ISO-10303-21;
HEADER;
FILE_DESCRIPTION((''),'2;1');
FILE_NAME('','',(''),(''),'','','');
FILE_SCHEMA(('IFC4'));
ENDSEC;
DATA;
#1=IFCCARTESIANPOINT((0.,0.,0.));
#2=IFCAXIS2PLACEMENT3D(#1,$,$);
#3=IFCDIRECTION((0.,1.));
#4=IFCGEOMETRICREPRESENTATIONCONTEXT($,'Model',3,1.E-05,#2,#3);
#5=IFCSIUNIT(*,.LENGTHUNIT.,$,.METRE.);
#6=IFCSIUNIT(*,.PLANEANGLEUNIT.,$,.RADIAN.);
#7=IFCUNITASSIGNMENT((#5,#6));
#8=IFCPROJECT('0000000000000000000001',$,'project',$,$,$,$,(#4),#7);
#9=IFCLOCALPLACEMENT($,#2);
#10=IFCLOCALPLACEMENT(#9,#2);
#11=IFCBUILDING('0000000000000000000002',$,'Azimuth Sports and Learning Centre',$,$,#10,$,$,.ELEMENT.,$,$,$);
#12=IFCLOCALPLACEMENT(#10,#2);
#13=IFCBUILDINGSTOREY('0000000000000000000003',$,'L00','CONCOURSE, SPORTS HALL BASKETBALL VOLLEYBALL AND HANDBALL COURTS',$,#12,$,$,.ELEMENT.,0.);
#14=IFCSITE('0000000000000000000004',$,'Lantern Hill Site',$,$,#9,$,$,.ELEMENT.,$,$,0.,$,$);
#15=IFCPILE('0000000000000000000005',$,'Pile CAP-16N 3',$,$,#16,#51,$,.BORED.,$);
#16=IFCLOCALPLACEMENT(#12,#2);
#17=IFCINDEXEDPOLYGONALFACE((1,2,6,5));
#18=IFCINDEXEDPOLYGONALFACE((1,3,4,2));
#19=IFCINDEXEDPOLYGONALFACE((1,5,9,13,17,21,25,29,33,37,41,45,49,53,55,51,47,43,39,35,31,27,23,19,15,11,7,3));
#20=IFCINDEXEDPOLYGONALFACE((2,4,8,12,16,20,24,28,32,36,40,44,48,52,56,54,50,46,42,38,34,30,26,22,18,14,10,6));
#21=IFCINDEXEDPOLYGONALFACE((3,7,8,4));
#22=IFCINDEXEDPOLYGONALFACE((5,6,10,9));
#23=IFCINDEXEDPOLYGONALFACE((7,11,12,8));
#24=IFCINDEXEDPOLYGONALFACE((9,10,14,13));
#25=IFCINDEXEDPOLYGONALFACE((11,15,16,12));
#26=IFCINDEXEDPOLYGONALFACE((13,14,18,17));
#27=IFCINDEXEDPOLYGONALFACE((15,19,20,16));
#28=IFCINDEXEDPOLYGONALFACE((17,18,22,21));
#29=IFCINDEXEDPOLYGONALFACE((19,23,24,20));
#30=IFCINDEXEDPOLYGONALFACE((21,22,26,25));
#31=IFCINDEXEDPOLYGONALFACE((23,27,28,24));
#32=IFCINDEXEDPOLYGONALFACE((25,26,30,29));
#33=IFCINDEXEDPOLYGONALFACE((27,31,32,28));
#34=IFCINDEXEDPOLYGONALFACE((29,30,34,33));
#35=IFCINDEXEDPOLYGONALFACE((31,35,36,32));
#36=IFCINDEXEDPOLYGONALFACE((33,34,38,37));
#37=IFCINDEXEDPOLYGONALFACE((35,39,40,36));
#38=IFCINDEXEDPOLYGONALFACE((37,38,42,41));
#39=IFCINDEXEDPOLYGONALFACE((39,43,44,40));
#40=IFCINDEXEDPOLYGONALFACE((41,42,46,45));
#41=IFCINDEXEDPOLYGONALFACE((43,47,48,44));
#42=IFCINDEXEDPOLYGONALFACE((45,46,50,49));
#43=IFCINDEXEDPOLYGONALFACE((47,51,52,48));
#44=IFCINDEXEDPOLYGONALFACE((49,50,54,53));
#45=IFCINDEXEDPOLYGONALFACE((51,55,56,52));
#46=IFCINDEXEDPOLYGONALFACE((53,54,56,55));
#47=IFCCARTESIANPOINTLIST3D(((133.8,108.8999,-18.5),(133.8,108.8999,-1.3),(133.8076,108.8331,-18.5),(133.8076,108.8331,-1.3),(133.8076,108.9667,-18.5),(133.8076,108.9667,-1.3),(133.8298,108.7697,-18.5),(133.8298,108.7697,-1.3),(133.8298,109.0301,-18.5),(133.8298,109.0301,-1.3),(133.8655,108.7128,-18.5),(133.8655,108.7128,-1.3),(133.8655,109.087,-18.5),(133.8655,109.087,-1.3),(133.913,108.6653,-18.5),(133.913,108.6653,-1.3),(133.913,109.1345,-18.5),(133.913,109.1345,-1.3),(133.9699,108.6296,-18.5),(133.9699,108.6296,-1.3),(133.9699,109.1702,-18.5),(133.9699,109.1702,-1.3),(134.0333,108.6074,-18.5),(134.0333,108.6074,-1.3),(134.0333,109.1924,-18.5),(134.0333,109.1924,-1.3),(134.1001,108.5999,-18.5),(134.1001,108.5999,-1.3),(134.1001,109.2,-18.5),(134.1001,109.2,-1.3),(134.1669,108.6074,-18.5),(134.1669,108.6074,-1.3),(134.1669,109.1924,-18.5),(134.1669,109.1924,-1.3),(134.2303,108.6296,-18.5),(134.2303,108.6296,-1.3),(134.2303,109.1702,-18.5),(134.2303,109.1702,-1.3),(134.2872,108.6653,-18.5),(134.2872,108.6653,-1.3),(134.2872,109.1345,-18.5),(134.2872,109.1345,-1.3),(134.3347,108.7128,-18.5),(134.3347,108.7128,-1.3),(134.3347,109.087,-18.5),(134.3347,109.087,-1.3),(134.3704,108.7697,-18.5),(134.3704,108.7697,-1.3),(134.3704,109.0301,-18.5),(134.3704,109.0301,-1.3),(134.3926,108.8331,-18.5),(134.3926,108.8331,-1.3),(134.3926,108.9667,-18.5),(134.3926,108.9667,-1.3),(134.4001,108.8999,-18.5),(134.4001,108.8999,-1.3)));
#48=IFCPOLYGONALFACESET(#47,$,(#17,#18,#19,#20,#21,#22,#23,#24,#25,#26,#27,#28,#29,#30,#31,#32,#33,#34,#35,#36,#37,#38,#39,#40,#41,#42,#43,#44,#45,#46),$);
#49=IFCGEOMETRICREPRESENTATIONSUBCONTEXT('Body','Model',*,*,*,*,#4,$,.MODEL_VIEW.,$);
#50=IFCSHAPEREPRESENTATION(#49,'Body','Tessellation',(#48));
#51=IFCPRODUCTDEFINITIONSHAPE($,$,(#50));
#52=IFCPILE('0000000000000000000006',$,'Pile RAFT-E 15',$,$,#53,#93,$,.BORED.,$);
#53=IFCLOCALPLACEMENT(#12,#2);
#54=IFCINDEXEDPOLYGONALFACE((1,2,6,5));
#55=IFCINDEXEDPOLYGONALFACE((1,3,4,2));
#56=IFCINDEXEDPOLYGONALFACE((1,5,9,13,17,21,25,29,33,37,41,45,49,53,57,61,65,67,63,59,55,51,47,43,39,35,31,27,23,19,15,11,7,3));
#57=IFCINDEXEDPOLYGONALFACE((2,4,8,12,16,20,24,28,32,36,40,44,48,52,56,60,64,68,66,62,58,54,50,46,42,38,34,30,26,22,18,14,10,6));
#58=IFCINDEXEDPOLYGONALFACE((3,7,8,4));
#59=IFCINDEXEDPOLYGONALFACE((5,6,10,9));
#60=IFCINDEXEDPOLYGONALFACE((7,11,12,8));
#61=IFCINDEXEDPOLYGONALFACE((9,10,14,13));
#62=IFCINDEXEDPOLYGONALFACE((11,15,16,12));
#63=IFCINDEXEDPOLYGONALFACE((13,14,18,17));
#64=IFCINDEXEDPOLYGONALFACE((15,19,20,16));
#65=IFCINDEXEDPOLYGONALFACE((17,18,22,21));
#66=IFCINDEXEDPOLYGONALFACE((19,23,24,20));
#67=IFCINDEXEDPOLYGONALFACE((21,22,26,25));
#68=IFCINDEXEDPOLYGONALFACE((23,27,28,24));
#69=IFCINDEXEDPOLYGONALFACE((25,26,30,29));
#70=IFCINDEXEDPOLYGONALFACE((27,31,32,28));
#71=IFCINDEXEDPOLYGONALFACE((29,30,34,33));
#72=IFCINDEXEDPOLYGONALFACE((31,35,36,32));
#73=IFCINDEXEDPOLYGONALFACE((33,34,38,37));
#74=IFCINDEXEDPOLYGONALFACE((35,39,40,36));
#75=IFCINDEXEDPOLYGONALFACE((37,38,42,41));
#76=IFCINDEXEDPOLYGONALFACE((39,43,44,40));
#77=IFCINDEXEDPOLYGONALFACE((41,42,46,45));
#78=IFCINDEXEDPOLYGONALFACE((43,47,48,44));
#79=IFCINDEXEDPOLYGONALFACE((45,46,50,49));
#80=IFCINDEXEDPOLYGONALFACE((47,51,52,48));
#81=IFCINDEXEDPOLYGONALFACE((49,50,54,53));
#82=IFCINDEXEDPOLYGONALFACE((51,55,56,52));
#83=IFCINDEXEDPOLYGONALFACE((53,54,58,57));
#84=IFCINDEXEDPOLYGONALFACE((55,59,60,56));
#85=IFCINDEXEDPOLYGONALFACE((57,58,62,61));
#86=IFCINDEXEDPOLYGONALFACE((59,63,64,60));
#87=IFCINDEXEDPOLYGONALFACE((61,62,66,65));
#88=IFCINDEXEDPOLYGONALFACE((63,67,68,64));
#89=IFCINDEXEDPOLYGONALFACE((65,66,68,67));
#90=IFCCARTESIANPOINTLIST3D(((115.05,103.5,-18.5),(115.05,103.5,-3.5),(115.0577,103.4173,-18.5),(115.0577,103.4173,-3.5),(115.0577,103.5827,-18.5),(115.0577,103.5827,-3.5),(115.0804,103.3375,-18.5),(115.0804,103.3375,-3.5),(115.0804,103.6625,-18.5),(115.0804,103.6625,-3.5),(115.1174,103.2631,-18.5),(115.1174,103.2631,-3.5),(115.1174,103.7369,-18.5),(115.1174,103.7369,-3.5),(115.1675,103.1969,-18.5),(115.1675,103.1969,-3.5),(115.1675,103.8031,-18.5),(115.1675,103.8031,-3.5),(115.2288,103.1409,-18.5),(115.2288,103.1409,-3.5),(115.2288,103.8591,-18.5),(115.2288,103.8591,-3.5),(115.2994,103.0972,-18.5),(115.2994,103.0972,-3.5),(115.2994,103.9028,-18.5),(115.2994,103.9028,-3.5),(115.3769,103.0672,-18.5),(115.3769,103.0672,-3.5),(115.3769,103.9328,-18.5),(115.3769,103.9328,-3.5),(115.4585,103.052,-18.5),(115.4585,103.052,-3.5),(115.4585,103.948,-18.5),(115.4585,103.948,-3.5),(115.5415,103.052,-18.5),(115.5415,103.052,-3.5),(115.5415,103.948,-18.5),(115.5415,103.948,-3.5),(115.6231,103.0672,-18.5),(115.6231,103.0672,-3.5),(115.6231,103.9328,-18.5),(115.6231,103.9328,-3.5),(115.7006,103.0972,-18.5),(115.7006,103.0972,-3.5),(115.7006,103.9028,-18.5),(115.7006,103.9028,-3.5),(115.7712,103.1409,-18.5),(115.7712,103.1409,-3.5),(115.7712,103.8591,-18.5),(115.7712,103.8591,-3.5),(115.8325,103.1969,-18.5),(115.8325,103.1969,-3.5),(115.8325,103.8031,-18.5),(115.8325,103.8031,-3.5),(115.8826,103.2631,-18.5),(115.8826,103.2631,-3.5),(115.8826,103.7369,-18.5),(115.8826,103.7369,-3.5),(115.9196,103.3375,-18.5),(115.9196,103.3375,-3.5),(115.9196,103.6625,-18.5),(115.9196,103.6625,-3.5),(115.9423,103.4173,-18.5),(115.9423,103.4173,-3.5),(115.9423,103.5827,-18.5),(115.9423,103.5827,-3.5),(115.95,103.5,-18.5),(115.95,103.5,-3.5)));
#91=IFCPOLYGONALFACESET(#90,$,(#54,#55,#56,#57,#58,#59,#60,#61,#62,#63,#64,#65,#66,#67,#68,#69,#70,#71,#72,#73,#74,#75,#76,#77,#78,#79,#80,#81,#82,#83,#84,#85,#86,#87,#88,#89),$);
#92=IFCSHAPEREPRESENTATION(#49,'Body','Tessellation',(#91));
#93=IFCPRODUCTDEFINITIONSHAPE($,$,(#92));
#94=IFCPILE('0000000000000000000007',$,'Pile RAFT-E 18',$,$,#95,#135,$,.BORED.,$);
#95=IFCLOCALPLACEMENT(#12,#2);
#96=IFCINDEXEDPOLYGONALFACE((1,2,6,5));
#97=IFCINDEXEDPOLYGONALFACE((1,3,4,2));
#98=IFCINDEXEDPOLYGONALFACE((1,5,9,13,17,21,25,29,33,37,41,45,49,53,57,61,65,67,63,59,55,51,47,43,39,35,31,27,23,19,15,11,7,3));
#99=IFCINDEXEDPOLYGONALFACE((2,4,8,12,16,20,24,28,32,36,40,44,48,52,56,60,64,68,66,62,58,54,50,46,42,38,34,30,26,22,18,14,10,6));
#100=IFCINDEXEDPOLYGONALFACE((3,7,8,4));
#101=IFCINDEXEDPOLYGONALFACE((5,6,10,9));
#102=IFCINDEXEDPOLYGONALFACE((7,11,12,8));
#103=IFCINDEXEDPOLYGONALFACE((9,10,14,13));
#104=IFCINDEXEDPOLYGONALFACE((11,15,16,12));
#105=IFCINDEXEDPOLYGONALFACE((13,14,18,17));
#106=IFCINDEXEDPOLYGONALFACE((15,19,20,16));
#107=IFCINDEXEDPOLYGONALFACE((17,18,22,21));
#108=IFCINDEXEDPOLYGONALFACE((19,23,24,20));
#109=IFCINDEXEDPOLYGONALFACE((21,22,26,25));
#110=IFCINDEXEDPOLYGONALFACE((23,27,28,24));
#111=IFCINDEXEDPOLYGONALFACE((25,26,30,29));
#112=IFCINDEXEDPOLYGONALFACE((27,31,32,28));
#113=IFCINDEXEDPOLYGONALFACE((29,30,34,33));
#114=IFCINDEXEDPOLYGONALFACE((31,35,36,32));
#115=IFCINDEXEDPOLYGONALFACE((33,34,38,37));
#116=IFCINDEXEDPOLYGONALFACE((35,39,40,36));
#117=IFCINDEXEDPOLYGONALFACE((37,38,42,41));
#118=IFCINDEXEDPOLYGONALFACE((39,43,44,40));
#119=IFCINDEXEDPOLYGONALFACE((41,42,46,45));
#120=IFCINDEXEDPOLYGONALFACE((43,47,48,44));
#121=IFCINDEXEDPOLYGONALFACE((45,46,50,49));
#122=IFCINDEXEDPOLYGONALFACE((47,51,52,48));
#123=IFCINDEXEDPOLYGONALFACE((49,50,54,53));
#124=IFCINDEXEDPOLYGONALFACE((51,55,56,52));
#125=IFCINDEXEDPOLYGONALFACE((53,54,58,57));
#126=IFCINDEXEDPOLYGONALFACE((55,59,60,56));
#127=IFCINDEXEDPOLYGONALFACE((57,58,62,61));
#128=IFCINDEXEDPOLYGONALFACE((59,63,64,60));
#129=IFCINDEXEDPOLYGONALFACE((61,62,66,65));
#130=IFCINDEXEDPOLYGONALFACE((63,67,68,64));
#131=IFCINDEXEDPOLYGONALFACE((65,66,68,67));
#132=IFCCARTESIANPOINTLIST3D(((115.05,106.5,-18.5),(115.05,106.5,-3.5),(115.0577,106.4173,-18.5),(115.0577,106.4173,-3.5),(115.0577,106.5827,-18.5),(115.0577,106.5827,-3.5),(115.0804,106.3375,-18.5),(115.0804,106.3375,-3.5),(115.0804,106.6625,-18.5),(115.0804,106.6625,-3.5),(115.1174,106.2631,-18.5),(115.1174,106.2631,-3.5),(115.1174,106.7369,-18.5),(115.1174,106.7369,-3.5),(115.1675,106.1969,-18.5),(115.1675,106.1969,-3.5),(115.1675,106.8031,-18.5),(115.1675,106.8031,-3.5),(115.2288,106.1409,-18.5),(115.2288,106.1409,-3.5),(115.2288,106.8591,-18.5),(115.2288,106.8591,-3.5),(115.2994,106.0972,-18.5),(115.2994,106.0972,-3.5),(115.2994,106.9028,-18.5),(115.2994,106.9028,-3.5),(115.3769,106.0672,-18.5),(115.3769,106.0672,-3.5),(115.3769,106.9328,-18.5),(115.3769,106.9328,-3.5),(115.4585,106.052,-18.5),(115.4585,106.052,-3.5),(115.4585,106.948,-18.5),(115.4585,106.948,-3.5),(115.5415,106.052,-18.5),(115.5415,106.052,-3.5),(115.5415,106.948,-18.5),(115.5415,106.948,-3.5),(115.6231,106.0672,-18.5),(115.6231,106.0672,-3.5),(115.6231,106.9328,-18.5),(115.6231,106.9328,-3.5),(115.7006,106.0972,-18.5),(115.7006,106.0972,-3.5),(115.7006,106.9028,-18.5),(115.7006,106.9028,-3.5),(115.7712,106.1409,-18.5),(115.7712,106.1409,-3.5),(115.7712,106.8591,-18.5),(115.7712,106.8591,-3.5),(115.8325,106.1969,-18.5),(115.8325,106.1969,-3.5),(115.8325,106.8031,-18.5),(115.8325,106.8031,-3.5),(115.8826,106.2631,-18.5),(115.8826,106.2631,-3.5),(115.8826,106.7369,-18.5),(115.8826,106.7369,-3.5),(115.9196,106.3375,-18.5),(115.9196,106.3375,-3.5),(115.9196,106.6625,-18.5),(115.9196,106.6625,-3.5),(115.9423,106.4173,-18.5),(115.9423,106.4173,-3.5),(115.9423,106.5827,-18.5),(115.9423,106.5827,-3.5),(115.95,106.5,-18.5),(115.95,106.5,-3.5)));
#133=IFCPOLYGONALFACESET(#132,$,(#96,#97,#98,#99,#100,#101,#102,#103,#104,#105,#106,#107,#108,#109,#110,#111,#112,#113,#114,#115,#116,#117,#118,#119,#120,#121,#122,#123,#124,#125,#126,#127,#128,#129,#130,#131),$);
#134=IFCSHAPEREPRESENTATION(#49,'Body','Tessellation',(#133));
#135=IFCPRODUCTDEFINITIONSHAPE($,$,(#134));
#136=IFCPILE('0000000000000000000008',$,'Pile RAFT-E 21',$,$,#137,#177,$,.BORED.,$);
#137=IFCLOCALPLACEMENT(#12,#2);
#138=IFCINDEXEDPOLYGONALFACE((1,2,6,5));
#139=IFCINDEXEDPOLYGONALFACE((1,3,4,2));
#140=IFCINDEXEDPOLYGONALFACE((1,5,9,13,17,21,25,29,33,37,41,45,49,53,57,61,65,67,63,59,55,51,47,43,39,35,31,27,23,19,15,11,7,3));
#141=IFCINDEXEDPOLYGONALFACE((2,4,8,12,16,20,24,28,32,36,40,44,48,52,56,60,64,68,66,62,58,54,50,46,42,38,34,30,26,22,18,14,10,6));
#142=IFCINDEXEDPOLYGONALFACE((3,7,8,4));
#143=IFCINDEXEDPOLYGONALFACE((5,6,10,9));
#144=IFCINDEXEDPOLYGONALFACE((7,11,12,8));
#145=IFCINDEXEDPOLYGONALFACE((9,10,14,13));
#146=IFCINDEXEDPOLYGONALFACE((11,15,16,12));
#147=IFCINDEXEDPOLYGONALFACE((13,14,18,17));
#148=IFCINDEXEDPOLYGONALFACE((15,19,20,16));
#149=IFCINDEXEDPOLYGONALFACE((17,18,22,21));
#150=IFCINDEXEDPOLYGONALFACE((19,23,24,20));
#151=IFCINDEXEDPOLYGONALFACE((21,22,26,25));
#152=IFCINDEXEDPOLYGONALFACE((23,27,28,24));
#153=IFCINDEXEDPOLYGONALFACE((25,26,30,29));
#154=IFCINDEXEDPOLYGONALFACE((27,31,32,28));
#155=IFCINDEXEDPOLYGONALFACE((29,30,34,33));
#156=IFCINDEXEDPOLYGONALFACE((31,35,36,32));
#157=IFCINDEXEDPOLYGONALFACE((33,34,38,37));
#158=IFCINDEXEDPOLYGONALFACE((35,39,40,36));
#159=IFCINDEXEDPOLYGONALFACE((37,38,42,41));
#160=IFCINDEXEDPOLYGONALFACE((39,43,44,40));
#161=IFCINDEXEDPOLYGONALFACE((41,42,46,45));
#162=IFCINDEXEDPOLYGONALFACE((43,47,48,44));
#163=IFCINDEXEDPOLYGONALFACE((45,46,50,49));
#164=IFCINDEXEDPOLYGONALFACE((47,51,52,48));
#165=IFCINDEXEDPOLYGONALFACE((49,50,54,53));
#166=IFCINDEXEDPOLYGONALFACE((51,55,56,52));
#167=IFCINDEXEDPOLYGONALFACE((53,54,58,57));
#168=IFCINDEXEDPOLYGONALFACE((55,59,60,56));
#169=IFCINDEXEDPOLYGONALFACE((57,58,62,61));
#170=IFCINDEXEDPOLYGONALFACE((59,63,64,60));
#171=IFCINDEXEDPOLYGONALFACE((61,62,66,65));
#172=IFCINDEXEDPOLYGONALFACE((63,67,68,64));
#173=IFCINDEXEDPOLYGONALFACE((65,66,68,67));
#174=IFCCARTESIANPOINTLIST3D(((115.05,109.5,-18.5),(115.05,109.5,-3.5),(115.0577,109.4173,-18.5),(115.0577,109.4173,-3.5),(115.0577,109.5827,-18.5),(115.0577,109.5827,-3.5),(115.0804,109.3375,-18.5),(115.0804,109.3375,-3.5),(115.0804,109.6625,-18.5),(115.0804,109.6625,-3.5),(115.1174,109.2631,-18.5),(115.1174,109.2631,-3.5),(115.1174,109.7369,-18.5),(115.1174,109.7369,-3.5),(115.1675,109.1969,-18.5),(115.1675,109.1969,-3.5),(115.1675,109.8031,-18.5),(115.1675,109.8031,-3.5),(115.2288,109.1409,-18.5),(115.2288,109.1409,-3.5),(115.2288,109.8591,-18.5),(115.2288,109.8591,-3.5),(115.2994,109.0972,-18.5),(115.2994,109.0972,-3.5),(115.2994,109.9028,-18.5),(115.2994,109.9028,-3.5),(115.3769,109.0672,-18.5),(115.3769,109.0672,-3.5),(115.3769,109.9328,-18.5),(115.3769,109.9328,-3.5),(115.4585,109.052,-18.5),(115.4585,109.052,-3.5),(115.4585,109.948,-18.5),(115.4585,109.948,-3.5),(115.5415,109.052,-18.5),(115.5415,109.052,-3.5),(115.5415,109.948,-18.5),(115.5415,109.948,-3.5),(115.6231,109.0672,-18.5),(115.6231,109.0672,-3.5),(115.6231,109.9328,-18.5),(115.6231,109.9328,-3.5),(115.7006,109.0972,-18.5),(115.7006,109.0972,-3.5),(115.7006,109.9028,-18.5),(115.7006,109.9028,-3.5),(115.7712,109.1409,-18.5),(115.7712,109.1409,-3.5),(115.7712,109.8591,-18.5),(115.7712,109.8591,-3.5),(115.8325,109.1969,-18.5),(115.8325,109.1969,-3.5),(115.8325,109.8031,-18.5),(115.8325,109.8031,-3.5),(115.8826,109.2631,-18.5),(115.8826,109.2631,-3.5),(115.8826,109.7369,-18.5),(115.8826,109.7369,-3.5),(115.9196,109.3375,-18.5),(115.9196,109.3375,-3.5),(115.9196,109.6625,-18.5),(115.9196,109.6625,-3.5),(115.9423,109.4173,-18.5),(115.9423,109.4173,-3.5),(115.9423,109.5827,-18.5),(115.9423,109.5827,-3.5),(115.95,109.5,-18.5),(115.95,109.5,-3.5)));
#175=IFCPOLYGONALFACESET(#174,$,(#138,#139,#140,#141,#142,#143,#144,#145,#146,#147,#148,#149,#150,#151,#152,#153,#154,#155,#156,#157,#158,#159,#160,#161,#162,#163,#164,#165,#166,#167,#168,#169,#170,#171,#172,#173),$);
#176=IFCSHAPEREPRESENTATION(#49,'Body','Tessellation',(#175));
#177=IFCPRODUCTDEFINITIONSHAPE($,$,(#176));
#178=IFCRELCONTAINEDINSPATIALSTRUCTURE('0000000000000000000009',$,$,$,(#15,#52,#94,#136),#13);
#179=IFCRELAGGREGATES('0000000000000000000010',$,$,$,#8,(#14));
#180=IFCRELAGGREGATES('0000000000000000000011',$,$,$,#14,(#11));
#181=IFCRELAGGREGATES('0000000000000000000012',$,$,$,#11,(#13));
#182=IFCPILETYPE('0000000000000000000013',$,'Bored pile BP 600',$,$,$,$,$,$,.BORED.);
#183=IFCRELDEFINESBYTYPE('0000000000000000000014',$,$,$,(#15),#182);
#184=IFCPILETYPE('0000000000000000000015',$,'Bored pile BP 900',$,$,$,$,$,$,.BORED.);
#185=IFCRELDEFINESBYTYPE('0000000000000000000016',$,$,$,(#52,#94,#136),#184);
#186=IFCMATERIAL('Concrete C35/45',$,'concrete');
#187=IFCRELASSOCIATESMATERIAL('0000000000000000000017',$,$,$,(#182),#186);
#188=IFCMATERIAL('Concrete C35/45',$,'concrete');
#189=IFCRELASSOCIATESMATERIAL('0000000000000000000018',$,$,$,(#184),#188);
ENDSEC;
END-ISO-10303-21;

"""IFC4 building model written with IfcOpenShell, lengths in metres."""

from ifc_helpers import new_model, si_unit, direction, frame, origin, origin_2d, place, context, subcontext, project, spatial, circle, extrude, material, material_profile, profile_set, type_object, element, save


model = new_model("IFC4")

# Units and contexts
model_context = context("Model", 3, precision=1e-05, world=origin(), true_north=direction((0.0, 1.0)))
body_context = subcontext(model_context, "Body", "Model", "MODEL_VIEW")
ifc_project = project(units=[si_unit("LENGTHUNIT", "METRE"), si_unit("PLANEANGLEUNIT", "RADIAN")], contexts=[model_context])

# Site, building, storey
site_placement = place(None, origin())
site = spatial("IfcSite", under=ifc_project, at=site_placement, Name="Lantern Hill Site", CompositionType="ELEMENT", RefElevation=0.0)
building_placement = place(site_placement, origin())
building = spatial("IfcBuilding", under=site, at=building_placement, Name="Azimuth Sports and Learning Centre", CompositionType="ELEMENT")
storey_placement = place(building_placement, origin())
storey = spatial("IfcBuildingStorey", under=building, at=storey_placement, Name="L00", Description="CONCOURSE, SPORTS HALL BASKETBALL VOLLEYBALL AND HANDBALL COURTS", CompositionType="ELEMENT", Elevation=0.0)

# Piles
ifc_material_1 = material(Name="Concrete C35/45", Category="concrete")
ifc_material_profile_1 = material_profile(ifc_material_1, circle(Radius=0.3, at=origin_2d()), Name="BP 600")
ifc_profile_set_1 = profile_set([ifc_material_profile_1], Name="Concrete C35/45")
pile_type_1 = type_object("IfcPileType", Name="Bored pile BP 600", PredefinedType="BORED", material=ifc_profile_set_1)
for number, where, z_axis, x_axis, name in (
    (1, (134.1001, 108.8999, -1.3), (0.0, 0.0, -1.0), (1.0, 0.0, 0.0), "Pile CAP-16N 3"),
):
    element("IfcPile", number, at=place(storey_placement, frame(where, z_axis=z_axis, x_axis=x_axis)), inside=storey, type_object=pile_type_1, Name=name, PredefinedType="BORED", context=body_context, shape_type="SweptSolid", body=[
        extrude(circle(Radius=0.3, at=origin_2d()), origin(), (0.0, 0.0, 1.0), 17.2),
    ])
ifc_material_2 = material(Name="Concrete C35/45", Category="concrete")
ifc_material_profile_2 = material_profile(ifc_material_2, circle(Radius=0.45, at=origin_2d()), Name="BP 900")
ifc_profile_set_2 = profile_set([ifc_material_profile_2], Name="Concrete C35/45")
pile_type_2 = type_object("IfcPileType", Name="Bored pile BP 900", PredefinedType="BORED", material=ifc_profile_set_2)
for number, where, z_axis, x_axis, name in (
    (2, (115.5, 103.5, -3.5), (0.0, 0.0, -1.0), (1.0, 0.0, 0.0), "Pile RAFT-E 15"),
    (3, (115.5, 106.5, -3.5), (0.0, 0.0, -1.0), (1.0, 0.0, 0.0), "Pile RAFT-E 18"),
    (4, (115.5, 109.5, -3.5), (0.0, 0.0, -1.0), (1.0, 0.0, 0.0), "Pile RAFT-E 21"),
):
    element("IfcPile", number, at=place(storey_placement, frame(where, z_axis=z_axis, x_axis=x_axis)), inside=storey, type_object=pile_type_2, Name=name, PredefinedType="BORED", context=body_context, shape_type="SweptSolid", body=[
        extrude(circle(Radius=0.45, at=origin_2d()), origin(), (0.0, 0.0, 1.0), 15.0),
    ])

save(model, "model.ifc")
